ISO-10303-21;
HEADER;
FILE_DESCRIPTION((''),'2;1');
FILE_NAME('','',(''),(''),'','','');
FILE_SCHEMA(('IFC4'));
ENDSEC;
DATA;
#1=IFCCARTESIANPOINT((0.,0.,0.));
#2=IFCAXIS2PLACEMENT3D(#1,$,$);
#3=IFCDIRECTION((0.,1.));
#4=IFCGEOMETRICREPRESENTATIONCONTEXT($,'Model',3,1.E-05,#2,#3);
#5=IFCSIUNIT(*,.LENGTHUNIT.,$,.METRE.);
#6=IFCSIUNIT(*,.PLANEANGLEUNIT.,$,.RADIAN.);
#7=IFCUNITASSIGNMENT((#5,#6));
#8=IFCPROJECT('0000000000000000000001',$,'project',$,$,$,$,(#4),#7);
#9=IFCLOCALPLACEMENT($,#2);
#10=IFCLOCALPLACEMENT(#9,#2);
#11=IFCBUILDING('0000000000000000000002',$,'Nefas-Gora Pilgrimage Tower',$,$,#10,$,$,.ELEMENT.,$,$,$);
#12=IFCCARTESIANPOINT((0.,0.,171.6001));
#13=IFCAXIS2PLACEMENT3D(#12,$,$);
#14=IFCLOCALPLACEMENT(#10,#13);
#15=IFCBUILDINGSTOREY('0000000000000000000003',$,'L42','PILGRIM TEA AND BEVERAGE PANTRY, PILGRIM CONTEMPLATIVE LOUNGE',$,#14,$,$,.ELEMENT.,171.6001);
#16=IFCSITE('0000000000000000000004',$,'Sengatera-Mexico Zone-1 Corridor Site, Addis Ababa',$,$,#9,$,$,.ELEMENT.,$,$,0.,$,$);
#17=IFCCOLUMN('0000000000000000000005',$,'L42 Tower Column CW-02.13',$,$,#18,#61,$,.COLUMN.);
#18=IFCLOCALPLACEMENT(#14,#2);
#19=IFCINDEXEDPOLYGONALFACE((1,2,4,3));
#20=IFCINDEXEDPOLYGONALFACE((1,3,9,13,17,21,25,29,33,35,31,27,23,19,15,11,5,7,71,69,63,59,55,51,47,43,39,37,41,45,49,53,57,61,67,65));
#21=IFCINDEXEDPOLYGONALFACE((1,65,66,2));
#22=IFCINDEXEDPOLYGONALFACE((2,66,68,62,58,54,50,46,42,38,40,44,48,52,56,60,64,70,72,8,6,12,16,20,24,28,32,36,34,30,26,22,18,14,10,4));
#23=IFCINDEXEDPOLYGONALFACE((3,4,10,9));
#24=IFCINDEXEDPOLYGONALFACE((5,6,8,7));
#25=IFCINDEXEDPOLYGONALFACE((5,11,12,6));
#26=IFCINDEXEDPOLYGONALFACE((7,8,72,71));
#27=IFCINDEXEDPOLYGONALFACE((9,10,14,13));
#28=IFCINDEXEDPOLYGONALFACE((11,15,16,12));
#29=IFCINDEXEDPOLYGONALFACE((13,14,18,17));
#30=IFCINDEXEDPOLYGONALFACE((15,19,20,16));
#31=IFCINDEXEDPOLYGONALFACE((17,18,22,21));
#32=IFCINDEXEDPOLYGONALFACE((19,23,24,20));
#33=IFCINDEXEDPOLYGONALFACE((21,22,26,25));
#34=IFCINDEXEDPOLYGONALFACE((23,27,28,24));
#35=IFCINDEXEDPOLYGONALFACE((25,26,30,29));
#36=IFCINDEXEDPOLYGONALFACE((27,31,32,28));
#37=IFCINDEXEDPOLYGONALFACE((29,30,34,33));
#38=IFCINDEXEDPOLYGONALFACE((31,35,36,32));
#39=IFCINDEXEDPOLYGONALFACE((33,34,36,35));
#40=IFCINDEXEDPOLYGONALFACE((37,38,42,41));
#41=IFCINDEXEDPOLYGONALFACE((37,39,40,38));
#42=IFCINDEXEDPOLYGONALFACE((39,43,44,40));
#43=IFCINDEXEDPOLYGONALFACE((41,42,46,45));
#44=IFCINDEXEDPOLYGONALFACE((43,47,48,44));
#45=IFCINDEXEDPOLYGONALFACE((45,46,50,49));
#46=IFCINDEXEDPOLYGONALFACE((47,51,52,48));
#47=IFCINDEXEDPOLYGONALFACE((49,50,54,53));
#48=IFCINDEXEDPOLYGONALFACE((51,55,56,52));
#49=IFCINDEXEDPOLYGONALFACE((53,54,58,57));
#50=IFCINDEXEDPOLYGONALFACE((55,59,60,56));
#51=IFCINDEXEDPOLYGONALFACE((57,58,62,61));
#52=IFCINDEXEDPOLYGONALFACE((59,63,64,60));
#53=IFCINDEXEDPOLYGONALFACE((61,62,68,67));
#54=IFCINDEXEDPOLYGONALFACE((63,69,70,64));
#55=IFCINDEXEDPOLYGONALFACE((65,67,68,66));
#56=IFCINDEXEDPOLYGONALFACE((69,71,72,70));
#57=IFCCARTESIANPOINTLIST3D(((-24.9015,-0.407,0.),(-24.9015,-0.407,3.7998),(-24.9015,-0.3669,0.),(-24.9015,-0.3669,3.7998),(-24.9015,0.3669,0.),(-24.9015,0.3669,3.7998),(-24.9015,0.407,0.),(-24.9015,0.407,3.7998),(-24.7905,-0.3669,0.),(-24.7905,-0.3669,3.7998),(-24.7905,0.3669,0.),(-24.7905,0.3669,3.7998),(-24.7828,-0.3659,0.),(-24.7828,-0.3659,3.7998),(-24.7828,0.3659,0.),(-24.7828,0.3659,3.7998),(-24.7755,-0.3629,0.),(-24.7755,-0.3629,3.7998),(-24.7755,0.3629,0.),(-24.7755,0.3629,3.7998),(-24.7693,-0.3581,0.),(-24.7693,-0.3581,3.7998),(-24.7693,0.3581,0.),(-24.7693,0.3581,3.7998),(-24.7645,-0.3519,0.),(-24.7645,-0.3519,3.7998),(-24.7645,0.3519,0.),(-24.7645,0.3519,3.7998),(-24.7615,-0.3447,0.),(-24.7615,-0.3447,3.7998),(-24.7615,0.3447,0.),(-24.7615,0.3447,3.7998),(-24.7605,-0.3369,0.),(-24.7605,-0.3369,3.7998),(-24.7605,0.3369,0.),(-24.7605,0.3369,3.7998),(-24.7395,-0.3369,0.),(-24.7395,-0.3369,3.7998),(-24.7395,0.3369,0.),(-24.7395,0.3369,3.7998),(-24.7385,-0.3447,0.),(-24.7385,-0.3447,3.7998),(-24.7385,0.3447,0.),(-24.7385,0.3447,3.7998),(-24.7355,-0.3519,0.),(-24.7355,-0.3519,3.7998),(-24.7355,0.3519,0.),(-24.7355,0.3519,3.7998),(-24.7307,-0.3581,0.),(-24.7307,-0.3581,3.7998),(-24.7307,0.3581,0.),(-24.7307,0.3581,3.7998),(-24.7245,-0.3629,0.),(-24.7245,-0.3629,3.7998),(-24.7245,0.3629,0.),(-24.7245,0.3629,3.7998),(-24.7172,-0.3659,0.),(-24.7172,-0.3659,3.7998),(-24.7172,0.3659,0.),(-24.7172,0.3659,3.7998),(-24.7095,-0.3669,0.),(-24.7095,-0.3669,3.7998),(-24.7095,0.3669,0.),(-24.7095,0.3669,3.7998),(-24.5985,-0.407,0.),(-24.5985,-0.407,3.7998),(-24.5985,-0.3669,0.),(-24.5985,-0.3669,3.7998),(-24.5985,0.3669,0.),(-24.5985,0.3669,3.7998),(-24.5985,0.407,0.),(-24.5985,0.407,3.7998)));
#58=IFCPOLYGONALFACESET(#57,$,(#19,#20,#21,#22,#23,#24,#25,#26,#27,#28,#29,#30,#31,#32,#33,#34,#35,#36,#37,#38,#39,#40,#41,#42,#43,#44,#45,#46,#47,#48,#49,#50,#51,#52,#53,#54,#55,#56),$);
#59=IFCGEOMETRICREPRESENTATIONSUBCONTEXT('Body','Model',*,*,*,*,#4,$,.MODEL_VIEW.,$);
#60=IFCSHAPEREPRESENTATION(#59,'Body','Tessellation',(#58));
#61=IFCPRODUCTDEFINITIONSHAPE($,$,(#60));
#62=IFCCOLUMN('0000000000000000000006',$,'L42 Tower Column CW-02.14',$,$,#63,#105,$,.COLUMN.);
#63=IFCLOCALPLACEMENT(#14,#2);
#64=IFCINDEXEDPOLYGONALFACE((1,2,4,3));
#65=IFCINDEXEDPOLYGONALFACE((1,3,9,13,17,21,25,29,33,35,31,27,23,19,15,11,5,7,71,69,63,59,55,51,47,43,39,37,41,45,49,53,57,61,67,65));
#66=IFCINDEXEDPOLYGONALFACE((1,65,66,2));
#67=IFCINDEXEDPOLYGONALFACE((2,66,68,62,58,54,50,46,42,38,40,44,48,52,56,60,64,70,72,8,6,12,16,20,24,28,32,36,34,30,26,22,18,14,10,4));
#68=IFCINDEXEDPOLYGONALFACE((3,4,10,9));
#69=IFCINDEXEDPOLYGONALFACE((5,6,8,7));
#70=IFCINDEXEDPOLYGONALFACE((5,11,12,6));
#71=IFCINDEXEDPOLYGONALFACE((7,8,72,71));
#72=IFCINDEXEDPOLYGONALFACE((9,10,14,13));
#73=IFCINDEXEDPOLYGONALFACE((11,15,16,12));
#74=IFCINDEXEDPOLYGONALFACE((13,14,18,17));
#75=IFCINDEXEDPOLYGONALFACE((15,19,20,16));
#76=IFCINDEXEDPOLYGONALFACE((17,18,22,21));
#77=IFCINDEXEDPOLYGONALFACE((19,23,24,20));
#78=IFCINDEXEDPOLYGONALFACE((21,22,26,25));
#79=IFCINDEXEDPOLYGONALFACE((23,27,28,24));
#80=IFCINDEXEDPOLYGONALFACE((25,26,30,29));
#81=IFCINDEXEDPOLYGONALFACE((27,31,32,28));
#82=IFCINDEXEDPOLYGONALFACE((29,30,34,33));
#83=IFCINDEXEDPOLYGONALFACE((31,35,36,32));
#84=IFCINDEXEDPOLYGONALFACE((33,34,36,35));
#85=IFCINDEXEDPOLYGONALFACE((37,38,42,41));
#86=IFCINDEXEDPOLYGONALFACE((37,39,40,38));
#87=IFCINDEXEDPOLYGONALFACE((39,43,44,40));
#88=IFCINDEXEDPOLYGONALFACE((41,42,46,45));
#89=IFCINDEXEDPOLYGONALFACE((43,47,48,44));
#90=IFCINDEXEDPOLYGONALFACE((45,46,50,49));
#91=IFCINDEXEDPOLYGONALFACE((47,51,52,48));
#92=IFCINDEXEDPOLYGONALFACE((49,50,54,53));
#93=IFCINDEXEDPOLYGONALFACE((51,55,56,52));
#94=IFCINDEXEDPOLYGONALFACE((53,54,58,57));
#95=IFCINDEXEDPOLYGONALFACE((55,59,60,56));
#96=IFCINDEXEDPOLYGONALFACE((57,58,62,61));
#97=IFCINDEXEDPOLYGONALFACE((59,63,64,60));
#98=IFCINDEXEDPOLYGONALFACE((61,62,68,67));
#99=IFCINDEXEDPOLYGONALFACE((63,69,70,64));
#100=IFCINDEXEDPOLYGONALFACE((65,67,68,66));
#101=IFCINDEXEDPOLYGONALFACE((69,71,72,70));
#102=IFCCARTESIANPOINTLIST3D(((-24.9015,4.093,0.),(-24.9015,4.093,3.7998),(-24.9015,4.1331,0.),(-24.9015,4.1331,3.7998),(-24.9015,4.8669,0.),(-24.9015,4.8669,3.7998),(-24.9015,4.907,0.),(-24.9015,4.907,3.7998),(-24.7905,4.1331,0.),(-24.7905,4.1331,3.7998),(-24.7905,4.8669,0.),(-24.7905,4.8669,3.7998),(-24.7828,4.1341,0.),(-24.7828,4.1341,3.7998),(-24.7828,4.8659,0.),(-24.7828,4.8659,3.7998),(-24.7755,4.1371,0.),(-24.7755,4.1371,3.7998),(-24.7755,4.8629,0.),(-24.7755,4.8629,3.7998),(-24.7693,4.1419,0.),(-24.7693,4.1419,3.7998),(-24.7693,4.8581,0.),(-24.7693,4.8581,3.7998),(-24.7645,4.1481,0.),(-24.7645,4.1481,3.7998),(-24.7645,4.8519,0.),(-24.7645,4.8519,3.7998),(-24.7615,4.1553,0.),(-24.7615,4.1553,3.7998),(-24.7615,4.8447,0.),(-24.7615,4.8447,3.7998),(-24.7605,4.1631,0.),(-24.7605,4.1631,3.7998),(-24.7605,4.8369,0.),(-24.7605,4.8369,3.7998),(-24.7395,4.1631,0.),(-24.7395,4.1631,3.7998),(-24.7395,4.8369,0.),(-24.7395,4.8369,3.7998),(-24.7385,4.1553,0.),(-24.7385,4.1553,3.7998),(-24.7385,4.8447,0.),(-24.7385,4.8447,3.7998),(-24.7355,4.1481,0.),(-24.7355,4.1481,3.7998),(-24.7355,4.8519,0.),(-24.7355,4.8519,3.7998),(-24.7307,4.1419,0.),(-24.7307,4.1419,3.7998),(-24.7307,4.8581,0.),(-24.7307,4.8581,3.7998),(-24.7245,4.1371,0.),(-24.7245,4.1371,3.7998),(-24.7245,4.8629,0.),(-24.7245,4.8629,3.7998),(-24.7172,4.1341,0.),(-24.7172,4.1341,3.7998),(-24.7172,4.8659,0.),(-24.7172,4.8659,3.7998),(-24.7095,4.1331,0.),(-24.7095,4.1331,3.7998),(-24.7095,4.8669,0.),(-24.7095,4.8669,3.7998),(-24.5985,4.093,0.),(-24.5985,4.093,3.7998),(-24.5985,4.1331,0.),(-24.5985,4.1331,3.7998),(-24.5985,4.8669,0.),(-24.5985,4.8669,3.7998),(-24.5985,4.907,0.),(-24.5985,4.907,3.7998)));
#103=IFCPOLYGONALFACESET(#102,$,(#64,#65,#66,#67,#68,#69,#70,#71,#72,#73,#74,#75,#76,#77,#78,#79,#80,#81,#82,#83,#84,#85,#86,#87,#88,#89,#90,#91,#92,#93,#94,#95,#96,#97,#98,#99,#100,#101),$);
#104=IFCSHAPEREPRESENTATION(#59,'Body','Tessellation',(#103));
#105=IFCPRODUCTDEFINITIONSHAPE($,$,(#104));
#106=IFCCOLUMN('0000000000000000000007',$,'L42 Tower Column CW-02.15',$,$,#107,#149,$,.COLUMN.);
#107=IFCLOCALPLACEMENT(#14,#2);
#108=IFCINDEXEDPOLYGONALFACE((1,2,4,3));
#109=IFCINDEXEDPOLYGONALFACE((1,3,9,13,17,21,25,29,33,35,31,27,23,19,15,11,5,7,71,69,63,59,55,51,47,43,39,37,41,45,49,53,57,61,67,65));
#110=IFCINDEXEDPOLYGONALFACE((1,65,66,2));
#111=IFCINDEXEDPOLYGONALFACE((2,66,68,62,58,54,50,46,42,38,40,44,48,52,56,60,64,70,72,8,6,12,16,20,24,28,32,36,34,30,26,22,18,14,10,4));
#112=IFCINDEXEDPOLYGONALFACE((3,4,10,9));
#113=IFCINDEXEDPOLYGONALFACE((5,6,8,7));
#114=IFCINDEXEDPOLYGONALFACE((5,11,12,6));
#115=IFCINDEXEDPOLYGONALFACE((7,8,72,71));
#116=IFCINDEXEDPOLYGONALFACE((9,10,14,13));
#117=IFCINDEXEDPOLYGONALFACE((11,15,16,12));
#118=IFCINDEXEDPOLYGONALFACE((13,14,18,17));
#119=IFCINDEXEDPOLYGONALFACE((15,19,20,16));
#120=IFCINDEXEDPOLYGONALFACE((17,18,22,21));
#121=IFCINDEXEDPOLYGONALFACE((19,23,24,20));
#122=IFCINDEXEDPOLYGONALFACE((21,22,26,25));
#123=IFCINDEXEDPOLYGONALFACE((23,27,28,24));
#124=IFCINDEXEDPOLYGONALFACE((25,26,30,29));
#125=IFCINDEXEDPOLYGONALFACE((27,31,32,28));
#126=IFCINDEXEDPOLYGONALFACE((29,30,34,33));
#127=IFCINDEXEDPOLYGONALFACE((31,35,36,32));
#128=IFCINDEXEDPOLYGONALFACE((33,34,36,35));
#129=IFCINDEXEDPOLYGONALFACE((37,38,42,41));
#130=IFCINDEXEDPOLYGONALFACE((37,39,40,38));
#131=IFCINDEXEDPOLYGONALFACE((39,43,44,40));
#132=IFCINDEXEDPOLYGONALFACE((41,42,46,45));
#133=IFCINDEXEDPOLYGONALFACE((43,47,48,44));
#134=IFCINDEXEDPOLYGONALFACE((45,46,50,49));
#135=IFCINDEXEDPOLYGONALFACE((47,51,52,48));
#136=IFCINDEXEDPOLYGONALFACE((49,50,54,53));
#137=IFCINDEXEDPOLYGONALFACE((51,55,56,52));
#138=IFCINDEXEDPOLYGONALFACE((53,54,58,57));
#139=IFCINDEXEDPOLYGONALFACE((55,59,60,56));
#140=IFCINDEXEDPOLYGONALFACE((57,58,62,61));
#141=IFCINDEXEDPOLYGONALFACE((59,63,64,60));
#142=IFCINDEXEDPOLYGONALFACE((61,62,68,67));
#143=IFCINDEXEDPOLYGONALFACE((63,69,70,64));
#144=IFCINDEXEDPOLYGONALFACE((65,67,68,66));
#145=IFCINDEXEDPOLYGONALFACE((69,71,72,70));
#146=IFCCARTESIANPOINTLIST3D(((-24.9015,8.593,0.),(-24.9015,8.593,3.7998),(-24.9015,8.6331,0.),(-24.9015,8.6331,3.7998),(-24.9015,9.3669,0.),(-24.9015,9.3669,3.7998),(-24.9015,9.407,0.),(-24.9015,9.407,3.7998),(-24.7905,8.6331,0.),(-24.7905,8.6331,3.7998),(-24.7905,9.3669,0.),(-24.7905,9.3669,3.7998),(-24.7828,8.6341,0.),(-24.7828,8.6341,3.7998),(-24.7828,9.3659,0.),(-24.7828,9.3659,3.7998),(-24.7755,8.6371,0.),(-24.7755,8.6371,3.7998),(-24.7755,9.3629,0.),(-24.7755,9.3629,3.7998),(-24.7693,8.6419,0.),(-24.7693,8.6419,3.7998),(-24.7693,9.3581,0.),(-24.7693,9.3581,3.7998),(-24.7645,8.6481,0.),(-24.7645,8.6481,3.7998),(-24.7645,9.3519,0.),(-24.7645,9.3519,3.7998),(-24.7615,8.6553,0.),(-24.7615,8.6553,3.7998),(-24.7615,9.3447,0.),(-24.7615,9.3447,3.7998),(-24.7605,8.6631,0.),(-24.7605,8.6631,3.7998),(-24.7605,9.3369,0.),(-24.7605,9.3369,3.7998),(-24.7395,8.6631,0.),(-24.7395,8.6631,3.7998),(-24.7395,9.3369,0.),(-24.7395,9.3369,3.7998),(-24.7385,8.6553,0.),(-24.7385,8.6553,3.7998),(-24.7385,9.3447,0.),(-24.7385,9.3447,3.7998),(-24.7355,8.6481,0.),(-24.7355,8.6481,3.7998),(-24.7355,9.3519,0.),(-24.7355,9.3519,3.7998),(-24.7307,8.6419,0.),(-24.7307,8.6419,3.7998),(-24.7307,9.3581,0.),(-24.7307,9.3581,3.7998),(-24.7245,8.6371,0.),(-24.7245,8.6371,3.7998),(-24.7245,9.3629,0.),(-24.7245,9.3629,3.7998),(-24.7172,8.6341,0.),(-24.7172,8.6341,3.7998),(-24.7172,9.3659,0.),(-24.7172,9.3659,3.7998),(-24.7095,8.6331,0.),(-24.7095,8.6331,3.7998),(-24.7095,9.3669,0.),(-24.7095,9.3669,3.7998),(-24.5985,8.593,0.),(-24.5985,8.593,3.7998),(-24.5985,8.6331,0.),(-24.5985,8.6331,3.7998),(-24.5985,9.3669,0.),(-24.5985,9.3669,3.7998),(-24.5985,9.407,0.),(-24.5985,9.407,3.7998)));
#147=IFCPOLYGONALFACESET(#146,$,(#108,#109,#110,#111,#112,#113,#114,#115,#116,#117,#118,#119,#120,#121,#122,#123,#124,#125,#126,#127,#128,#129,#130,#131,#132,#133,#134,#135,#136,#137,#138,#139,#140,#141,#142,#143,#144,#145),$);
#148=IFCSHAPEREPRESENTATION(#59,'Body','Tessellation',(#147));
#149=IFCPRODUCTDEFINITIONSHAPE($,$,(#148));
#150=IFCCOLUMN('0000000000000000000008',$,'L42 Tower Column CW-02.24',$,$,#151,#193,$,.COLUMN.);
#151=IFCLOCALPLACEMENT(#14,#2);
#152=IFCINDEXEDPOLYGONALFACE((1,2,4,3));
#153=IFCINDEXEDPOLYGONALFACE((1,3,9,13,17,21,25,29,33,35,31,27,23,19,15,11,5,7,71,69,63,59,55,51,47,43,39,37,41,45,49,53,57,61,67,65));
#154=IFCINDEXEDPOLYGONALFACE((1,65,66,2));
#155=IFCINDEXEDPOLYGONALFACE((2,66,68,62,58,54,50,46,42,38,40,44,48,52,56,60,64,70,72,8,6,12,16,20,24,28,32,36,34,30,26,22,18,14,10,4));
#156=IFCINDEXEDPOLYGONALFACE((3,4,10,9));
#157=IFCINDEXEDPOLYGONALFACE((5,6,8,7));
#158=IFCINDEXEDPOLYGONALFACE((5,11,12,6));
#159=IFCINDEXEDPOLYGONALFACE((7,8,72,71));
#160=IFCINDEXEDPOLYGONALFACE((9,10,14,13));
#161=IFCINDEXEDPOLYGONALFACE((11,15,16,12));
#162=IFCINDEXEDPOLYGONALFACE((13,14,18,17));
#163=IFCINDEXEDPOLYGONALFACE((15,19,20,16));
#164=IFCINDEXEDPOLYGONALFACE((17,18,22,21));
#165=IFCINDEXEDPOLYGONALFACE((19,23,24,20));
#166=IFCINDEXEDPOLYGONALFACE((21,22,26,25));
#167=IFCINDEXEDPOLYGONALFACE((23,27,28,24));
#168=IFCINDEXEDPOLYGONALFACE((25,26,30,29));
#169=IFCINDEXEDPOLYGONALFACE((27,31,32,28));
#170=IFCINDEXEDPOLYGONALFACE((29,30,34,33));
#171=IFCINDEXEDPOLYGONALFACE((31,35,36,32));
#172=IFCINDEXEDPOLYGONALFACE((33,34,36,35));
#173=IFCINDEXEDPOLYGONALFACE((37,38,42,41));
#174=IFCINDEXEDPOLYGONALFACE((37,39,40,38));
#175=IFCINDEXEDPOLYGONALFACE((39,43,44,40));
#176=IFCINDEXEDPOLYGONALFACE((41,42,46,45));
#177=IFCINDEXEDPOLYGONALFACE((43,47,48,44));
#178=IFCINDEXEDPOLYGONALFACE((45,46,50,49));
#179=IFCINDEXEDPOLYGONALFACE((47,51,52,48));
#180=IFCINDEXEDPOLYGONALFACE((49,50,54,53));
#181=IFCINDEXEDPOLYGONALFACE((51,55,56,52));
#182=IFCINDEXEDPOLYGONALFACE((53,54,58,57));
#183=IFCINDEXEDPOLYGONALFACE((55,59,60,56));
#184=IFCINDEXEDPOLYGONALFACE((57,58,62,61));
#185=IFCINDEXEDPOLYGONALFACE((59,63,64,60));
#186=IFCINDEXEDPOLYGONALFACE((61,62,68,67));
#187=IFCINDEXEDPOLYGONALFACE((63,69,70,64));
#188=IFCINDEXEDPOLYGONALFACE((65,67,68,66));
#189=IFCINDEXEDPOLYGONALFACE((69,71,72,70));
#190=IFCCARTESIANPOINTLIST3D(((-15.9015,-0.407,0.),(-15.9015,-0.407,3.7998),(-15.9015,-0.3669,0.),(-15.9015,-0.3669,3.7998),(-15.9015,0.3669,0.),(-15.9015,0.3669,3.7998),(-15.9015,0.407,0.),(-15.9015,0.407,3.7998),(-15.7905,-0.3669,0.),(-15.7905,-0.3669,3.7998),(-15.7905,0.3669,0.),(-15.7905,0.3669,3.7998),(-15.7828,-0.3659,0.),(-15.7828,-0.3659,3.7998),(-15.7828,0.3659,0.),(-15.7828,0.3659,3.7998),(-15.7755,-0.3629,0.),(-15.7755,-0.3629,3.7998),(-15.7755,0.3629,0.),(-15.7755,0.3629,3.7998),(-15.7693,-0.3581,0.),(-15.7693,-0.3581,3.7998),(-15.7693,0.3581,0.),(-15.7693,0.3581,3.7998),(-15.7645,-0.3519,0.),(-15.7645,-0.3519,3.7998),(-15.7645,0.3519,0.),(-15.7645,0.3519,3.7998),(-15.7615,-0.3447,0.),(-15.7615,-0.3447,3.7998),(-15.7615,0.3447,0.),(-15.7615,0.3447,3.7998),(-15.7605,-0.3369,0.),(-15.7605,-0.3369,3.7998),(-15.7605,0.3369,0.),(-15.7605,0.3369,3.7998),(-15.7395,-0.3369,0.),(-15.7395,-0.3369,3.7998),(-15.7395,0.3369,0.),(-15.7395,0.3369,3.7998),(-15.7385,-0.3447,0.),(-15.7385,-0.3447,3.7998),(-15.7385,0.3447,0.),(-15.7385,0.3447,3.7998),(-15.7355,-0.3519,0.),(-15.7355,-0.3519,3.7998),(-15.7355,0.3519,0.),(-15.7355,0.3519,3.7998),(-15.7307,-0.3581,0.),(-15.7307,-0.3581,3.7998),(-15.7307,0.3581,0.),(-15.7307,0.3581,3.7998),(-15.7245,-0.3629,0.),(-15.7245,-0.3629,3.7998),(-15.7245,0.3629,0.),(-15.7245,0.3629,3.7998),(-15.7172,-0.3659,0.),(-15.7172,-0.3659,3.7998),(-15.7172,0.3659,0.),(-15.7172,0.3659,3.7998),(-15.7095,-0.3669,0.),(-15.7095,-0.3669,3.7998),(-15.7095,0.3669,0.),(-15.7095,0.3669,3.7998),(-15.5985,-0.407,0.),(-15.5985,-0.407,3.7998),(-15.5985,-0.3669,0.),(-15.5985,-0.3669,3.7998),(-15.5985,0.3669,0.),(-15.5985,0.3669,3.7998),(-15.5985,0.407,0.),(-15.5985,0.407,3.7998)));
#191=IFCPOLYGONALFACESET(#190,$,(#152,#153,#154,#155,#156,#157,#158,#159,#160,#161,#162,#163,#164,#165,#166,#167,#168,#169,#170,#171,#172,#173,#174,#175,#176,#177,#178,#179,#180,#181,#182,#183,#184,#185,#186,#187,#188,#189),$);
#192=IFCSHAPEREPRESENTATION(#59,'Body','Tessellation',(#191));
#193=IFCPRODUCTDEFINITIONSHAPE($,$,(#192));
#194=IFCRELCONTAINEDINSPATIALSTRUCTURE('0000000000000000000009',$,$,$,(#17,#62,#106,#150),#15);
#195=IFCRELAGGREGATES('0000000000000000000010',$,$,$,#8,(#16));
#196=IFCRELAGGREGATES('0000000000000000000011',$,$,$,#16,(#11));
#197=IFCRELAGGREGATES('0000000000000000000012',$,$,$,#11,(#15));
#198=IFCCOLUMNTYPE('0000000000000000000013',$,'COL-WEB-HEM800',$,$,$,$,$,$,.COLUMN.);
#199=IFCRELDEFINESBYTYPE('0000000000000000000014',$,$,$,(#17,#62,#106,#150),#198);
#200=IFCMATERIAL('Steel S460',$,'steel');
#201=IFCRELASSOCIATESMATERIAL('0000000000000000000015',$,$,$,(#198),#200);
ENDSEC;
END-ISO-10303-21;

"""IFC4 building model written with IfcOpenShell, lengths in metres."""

from ifc_helpers import new_model, si_unit, direction, frame, origin, origin_2d, place, context, subcontext, project, spatial, i_section, extrude, source, transform, mapped, material, material_profile, profile_set, type_object, element, save


model = new_model("IFC4")

# Units and contexts
model_context = context("Model", 3, precision=1e-05, world=origin(), true_north=direction((0.0, 1.0)))
body_context = subcontext(model_context, "Body", "Model", "MODEL_VIEW")
ifc_project = project(units=[si_unit("LENGTHUNIT", "METRE"), si_unit("PLANEANGLEUNIT", "RADIAN")], contexts=[model_context])

# Site, building, storey
site_placement = place(None, origin())
site = spatial("IfcSite", under=ifc_project, at=site_placement, Name="Sengatera-Mexico Zone-1 Corridor Site, Addis Ababa", CompositionType="ELEMENT", RefElevation=0.0)
building_placement = place(site_placement, origin())
building = spatial("IfcBuilding", under=site, at=building_placement, Name="Nefas-Gora Pilgrimage Tower", CompositionType="ELEMENT")
storey_placement = place(building_placement, frame((0.0, 0.0, 171.6001)))
storey = spatial("IfcBuildingStorey", under=building, at=storey_placement, Name="L42", Description="PILGRIM TEA AND BEVERAGE PANTRY, PILGRIM CONTEMPLATIVE LOUNGE", CompositionType="ELEMENT", Elevation=171.6001)

# Columns
ifc_material_1 = material(Name="Steel S460", Category="steel")
ifc_material_profile_1 = material_profile(ifc_material_1, i_section(OverallWidth=0.303, OverallDepth=0.814, WebThickness=0.021, FlangeThickness=0.04, FilletRadius=0.03, at=origin_2d()), Name="HEM 800")
ifc_profile_set_1 = profile_set([ifc_material_profile_1], Name="Steel S460")
column_type_1 = type_object("IfcColumnType", Name="COL-WEB-HEM800", PredefinedType="COLUMN", material=ifc_profile_set_1)
shared_shape_1 = source(origin(), body_context, "Body", "SweptSolid", [
    extrude(i_section(OverallWidth=0.303, OverallDepth=0.814, WebThickness=0.021, FlangeThickness=0.04, FilletRadius=0.03, at=origin_2d()), origin(), (0.0, 0.0, 1.0), 3.7998),
])
for number, where, z_axis, x_axis, name in (
    (1, (-24.75, 0.0, 0.0), (0.0, 0.0, 1.0), (1.0, 0.0, 0.0), "L42 Tower Column CW-02.13"),
    (2, (-24.75, 4.5, 0.0), (0.0, 0.0, 1.0), (1.0, 0.0, 0.0), "L42 Tower Column CW-02.14"),
    (3, (-24.75, 9.0, 0.0), (0.0, 0.0, 1.0), (1.0, 0.0, 0.0), "L42 Tower Column CW-02.15"),
    (4, (-15.75, 0.0, 0.0), (0.0, 0.0, 1.0), (1.0, 0.0, 0.0), "L42 Tower Column CW-02.24"),
):
    element("IfcColumn", number, at=place(storey_placement, frame(where, z_axis=z_axis, x_axis=x_axis)), inside=storey, type_object=column_type_1, Name=name, PredefinedType="COLUMN", context=body_context, shape_type="MappedRepresentation", body=[
        mapped(shared_shape_1, transform((0.0, 0.0, 0.0), x_axis=(1.0, 0.0, 0.0), y_axis=(0.0, 1.0, 0.0), z_axis=(0.0, 0.0, 1.0), scale=1.0)),
    ])

save(model, "model.ifc")
